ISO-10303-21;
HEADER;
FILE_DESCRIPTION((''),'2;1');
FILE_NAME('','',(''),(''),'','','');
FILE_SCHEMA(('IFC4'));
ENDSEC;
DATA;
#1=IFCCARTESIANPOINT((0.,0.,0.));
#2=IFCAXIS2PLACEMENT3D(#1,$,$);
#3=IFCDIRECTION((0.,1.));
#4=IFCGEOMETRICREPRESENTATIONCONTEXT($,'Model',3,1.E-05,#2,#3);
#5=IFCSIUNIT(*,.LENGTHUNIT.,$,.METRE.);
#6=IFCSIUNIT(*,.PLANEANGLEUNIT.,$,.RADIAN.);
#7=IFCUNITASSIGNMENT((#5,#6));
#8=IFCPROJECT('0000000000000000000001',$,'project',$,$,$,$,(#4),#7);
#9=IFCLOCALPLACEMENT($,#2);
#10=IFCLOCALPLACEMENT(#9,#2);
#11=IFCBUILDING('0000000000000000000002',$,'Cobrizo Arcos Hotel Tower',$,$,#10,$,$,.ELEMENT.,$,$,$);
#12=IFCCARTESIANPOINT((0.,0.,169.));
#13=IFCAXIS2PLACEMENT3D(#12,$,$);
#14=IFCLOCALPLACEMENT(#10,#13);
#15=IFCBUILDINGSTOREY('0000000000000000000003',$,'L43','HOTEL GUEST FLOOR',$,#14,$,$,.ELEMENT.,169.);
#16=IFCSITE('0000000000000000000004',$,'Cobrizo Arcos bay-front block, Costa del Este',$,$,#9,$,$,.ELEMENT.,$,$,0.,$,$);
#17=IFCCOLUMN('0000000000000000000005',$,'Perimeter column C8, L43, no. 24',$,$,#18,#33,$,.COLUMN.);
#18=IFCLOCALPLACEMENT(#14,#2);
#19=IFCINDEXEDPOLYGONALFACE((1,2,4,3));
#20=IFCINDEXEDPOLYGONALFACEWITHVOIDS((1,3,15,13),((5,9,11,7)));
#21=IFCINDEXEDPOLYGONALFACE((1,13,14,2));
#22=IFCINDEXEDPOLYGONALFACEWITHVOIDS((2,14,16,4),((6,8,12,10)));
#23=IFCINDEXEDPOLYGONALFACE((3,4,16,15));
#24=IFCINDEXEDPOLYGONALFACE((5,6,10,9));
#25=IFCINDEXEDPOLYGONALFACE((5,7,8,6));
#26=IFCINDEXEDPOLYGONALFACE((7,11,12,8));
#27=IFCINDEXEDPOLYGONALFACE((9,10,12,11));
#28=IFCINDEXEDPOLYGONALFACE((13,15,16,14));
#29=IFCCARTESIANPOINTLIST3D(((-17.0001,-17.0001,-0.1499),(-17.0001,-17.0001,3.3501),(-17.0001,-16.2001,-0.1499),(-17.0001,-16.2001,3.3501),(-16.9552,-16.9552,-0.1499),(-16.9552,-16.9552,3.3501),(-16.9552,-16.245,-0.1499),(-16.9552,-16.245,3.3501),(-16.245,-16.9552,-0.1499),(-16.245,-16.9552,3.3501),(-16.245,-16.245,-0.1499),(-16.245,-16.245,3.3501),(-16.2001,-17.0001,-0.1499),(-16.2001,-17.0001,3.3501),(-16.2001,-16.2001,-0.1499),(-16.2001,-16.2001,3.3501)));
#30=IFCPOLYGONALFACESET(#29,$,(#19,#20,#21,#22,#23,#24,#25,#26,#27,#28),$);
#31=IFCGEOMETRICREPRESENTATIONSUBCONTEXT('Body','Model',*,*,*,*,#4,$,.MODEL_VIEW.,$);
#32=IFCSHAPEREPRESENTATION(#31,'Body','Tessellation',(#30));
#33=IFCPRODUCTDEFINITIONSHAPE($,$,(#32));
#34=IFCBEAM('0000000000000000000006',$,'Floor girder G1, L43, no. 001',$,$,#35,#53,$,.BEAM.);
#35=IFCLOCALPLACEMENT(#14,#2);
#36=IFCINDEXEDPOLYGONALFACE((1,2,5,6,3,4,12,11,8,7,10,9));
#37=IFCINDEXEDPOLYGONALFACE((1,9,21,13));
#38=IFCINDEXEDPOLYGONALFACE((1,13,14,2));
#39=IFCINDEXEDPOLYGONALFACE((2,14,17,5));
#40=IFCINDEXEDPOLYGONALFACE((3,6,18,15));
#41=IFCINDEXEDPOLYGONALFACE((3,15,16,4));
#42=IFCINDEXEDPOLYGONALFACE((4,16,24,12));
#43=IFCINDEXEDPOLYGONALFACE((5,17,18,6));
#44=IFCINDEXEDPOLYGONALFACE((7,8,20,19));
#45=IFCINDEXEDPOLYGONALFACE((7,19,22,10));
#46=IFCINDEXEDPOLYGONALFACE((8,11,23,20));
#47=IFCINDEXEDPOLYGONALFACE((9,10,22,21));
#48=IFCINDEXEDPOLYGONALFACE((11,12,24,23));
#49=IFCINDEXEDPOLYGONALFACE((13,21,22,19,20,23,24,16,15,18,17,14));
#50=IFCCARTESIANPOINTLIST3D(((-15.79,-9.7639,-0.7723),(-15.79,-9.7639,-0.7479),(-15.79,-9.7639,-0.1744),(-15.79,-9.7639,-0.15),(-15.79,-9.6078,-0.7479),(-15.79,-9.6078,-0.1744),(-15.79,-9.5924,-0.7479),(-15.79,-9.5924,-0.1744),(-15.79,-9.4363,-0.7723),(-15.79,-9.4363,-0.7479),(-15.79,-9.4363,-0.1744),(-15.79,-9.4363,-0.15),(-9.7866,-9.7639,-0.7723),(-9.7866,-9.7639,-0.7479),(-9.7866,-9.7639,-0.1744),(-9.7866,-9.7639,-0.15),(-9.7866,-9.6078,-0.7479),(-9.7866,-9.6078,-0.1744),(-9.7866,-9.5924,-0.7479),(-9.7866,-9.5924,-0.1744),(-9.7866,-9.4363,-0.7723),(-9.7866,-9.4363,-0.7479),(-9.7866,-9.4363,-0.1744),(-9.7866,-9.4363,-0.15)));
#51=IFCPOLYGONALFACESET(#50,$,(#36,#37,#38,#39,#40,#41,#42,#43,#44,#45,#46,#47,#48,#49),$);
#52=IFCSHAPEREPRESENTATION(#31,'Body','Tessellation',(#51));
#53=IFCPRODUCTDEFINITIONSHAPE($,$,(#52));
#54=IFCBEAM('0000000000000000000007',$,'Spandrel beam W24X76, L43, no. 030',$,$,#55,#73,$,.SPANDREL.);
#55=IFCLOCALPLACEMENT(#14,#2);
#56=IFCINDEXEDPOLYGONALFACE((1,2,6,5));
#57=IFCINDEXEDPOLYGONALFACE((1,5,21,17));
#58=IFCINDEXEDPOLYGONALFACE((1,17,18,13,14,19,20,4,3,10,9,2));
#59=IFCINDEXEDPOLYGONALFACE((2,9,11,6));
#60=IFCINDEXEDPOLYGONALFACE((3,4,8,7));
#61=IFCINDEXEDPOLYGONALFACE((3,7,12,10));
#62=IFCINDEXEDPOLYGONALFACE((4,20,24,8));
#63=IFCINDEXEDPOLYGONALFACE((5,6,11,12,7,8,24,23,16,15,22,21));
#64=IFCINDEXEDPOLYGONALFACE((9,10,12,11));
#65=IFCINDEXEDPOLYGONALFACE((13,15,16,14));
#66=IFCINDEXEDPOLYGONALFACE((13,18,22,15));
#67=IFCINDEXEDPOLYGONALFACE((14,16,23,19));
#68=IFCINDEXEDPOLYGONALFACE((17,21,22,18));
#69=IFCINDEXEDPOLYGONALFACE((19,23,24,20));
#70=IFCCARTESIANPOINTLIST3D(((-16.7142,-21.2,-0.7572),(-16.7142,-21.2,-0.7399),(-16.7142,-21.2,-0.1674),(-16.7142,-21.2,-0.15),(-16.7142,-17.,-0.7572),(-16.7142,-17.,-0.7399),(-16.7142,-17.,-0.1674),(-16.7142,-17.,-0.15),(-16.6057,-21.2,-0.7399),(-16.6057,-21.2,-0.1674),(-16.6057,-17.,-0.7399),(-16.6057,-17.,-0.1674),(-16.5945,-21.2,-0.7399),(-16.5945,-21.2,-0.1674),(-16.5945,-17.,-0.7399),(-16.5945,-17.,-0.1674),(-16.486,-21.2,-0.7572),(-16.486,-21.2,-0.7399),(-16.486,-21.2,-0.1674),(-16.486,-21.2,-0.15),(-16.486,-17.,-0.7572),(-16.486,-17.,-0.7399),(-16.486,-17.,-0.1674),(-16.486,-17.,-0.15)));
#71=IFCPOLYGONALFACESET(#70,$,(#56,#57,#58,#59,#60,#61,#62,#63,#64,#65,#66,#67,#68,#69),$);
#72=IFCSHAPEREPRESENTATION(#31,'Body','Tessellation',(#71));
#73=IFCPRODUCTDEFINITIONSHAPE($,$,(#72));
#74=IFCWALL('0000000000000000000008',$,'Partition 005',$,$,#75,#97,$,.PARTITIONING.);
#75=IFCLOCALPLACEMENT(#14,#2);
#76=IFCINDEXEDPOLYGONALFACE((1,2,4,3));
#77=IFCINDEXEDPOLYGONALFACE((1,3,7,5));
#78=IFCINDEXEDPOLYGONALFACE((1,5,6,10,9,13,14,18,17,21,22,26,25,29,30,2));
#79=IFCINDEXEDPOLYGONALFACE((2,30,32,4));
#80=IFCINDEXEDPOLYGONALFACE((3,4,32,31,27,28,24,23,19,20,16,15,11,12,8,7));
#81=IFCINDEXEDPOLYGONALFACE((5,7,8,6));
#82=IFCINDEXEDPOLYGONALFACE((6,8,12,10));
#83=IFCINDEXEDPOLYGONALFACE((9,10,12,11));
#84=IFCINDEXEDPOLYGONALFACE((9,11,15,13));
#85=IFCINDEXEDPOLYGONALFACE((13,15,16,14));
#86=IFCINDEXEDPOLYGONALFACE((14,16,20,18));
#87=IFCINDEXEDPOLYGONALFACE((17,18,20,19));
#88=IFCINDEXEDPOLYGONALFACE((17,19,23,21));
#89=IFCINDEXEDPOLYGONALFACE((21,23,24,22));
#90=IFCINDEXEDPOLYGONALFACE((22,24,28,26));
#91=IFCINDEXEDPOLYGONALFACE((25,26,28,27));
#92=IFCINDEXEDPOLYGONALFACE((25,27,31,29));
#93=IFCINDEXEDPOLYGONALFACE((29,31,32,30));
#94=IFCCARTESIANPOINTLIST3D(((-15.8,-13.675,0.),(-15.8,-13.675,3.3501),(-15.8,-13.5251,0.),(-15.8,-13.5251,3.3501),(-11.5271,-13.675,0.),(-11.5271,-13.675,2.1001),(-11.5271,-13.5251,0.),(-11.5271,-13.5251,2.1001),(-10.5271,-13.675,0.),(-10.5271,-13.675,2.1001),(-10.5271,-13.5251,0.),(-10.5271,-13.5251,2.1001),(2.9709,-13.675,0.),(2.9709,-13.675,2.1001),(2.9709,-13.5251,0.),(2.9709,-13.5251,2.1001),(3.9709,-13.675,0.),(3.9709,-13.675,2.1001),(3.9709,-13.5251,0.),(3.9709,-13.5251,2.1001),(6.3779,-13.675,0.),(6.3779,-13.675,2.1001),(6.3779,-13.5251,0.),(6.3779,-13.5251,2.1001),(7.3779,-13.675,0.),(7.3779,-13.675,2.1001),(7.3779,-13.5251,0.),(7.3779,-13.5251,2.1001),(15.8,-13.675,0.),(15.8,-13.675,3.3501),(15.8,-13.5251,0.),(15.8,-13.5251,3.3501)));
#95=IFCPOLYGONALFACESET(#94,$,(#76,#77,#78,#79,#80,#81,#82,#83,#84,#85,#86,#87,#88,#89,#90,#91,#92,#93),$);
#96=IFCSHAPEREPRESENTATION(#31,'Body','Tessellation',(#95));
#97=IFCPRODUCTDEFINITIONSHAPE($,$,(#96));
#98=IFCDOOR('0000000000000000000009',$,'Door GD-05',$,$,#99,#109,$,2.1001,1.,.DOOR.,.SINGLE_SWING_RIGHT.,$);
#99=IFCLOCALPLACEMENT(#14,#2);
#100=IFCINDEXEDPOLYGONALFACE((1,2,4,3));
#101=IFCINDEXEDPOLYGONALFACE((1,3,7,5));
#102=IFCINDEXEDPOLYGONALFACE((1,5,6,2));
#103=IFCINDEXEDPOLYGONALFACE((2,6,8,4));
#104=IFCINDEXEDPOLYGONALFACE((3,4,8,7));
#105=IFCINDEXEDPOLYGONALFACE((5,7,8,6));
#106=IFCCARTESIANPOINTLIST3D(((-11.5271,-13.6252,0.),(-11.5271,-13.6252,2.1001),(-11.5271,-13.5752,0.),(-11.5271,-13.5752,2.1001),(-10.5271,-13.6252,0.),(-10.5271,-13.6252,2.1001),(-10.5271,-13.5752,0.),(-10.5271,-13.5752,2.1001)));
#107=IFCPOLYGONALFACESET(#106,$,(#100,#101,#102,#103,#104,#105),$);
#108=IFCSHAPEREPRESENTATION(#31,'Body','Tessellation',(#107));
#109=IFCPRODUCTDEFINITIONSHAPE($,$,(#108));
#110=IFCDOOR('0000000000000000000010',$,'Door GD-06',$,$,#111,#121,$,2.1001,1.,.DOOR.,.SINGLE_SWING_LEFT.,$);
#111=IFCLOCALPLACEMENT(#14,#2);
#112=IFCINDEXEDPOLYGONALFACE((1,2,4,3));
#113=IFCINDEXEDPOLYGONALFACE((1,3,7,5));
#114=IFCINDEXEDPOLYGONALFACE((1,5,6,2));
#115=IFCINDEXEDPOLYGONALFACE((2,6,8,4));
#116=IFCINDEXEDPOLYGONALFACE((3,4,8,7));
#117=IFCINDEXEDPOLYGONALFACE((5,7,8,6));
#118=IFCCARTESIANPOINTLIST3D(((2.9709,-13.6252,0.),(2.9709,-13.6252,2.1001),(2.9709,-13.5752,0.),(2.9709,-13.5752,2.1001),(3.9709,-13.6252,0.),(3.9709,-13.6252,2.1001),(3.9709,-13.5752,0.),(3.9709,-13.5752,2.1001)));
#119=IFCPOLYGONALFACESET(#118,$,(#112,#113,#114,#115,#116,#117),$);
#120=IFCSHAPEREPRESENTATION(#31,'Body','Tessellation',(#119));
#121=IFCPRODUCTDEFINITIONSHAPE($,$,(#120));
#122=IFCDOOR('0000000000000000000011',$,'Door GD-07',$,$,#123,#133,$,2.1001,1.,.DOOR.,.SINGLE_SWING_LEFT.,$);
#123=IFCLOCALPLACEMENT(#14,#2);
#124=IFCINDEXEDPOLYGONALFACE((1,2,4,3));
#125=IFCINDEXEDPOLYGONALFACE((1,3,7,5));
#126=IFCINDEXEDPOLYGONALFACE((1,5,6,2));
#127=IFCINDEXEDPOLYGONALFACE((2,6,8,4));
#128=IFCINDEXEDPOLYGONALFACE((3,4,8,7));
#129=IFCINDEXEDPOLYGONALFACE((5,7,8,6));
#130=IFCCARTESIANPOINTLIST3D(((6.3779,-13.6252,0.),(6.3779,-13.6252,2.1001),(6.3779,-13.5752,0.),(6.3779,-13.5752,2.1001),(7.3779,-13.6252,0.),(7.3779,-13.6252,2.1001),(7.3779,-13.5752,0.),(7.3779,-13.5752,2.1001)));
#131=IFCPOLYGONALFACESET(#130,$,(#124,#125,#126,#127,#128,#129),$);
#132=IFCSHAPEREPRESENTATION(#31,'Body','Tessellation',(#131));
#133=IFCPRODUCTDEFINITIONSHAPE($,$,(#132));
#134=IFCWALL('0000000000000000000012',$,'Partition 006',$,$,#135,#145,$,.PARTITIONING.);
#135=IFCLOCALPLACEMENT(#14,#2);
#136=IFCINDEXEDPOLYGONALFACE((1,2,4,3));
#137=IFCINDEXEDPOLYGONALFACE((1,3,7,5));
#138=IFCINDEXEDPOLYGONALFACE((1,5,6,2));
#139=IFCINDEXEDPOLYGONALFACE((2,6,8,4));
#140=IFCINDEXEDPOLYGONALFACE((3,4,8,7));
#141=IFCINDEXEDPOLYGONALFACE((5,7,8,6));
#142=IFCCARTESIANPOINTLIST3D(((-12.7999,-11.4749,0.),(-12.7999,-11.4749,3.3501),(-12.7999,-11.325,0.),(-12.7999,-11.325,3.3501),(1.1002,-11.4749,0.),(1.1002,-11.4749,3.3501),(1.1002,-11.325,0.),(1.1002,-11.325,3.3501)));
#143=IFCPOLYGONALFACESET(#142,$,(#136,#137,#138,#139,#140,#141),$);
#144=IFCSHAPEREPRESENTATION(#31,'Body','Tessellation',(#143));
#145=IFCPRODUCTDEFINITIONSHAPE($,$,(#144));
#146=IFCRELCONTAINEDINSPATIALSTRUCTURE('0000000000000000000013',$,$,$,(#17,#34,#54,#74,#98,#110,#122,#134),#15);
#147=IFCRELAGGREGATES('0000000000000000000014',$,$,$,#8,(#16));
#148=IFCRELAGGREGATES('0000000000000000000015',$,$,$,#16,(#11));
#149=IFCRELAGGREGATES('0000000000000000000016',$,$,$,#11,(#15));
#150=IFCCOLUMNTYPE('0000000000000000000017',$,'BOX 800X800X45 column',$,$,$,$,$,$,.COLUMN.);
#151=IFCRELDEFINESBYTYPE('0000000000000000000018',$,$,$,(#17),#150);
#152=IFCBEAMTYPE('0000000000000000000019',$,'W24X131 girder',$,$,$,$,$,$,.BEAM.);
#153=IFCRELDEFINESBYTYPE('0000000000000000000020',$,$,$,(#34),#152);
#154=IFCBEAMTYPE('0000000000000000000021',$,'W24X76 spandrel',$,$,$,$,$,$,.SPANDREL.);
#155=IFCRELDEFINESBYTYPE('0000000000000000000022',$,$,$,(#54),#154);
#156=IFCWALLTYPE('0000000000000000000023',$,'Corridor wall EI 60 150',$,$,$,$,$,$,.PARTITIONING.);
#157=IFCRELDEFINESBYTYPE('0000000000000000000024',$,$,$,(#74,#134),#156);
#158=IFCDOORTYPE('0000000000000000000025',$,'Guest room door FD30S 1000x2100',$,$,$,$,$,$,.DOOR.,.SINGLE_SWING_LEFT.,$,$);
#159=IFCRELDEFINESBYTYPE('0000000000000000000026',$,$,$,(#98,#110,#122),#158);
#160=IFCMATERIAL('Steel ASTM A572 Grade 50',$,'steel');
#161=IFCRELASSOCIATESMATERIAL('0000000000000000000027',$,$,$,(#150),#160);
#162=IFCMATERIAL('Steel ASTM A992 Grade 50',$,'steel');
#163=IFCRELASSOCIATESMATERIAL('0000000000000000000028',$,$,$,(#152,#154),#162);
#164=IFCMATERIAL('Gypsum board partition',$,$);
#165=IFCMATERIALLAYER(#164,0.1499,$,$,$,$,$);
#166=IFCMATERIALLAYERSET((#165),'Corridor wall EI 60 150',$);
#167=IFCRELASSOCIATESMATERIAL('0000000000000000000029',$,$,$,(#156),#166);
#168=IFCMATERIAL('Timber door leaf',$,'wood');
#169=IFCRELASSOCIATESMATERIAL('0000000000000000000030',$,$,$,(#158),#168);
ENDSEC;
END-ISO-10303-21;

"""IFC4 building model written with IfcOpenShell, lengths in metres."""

from ifc_helpers import new_model, si_unit, direction, frame, frame_2d, origin, origin_2d, place, context, subcontext, project, spatial, rectangle, hollow_rectangle, i_section, extrude, material, layer, layer_set, material_profile, profile_set, type_object, element, fill, save


model = new_model("IFC4")

# Units and contexts
model_context = context("Model", 3, precision=1e-05, world=origin(), true_north=direction((0.0, 1.0)))
body_context = subcontext(model_context, "Body", "Model", "MODEL_VIEW")
ifc_project = project(units=[si_unit("LENGTHUNIT", "METRE"), si_unit("PLANEANGLEUNIT", "RADIAN")], contexts=[model_context])

# Site, building, storey
site_placement = place(None, origin())
site = spatial("IfcSite", under=ifc_project, at=site_placement, Name="Cobrizo Arcos bay-front block, Costa del Este", CompositionType="ELEMENT", RefElevation=0.0)
building_placement = place(site_placement, origin())
building = spatial("IfcBuilding", under=site, at=building_placement, Name="Cobrizo Arcos Hotel Tower", CompositionType="ELEMENT")
storey_placement = place(building_placement, frame((0.0, 0.0, 169.0)))
storey = spatial("IfcBuildingStorey", under=building, at=storey_placement, Name="L43", Description="HOTEL GUEST FLOOR", CompositionType="ELEMENT", Elevation=169.0)

# Column
ifc_material_1 = material(Name="Steel ASTM A572 Grade 50", Category="steel")
ifc_material_profile_1 = material_profile(ifc_material_1, hollow_rectangle(XDim=0.8, YDim=0.8, WallThickness=0.0449, at=origin_2d()), Name="BOX 800X800X45")
ifc_profile_set_1 = profile_set([ifc_material_profile_1], Name="Steel ASTM A572 Grade 50")
column_type = type_object("IfcColumnType", Name="BOX 800X800X45 column", PredefinedType="COLUMN", material=ifc_profile_set_1)
column_placement = place(storey_placement, frame((-16.6001, -16.6001, -0.1499), z_axis=(0.0, 0.0, 1.0), x_axis=(1.0, 0.0, 0.0)))
element("IfcColumn", 1, at=column_placement, inside=storey, type_object=column_type, Name="Perimeter column C8, L43, no. 24", PredefinedType="COLUMN", context=body_context, shape_type="SweptSolid", body=[
    extrude(hollow_rectangle(XDim=0.8, YDim=0.8, WallThickness=0.0449, at=origin_2d()), origin(), (0.0, 0.0, 1.0), 3.5),
])

# Beams
ifc_material_2 = material(Name="Steel ASTM A992 Grade 50", Category="steel")
ifc_material_profile_2 = material_profile(ifc_material_2, i_section(OverallWidth=0.3276, OverallDepth=0.6223, WebThickness=0.0154, FlangeThickness=0.0244, at=origin_2d()), Name="W24X131")
ifc_profile_set_2 = profile_set([ifc_material_profile_2], Name="Steel ASTM A992 Grade 50")
beam_type_1 = type_object("IfcBeamType", Name="W24X131 girder", PredefinedType="BEAM", material=ifc_profile_set_2)
beam_1_placement = place(storey_placement, frame((-15.79, -9.6001, -0.4612), z_axis=(1.0, 0.0, 0.0), x_axis=(0.0, 1.0, 0.0)))
element("IfcBeam", 2, at=beam_1_placement, inside=storey, type_object=beam_type_1, Name="Floor girder G1, L43, no. 001", PredefinedType="BEAM", context=body_context, shape_type="SweptSolid", body=[
    extrude(i_section(OverallWidth=0.3276, OverallDepth=0.6223, WebThickness=0.0154, FlangeThickness=0.0244, at=origin_2d()), origin(), (0.0, 0.0, 1.0), 6.0034),
])
ifc_material_profile_3 = material_profile(ifc_material_2, i_section(OverallWidth=0.2283, OverallDepth=0.6072, WebThickness=0.0112, FlangeThickness=0.0173, at=origin_2d()), Name="W24X76")
ifc_profile_set_3 = profile_set([ifc_material_profile_3], Name="Steel ASTM A992 Grade 50")
beam_type_2 = type_object("IfcBeamType", Name="W24X76 spandrel", PredefinedType="SPANDREL", material=ifc_profile_set_3)
beam_2_placement = place(storey_placement, frame((-16.6001, -17.0, -0.4536), z_axis=(0.0, -1.0, 0.0), x_axis=(1.0, 0.0, 0.0)))
element("IfcBeam", 3, at=beam_2_placement, inside=storey, type_object=beam_type_2, Name="Spandrel beam W24X76, L43, no. 030", PredefinedType="SPANDREL", context=body_context, shape_type="SweptSolid", body=[
    extrude(i_section(OverallWidth=0.2283, OverallDepth=0.6072, WebThickness=0.0112, FlangeThickness=0.0173, at=origin_2d()), origin(), (0.0, 0.0, 1.0), 4.2),
])

# Wall, openings, doors
ifc_material_3 = material(Name="Gypsum board partition")
ifc_layer_1 = layer(ifc_material_3, 0.1499)
ifc_layer_set_1 = layer_set([ifc_layer_1], Name="Corridor wall EI 60 150")
wall_type_1 = type_object("IfcWallType", Name="Corridor wall EI 60 150", PredefinedType="PARTITIONING", material=ifc_layer_set_1)
wall_1_placement = place(storey_placement, frame((-15.8, -13.6001, 0.0), z_axis=(0.0, 0.0, 1.0), x_axis=(1.0, 0.0, 0.0)))
wall_1 = element("IfcWall", 4, at=wall_1_placement, inside=storey, type_object=wall_type_1, Name="Partition 005", PredefinedType="PARTITIONING", context=body_context, shape_type="SweptSolid", body=[
    extrude(rectangle(XDim=31.6001, YDim=0.1499, at=frame_2d((15.8, 0.0))), origin(), (0.0, 0.0, 1.0), 3.3501),
])
opening_1_placement = place(wall_1_placement, frame((4.2729, 0.0, 0.0)))
opening_1 = element("IfcOpeningElement", 5, at=opening_1_placement, cuts=wall_1, PredefinedType="OPENING", context=body_context, shape_type="SweptSolid", body=[
    extrude(rectangle(XDim=1.0, YDim=2.1001, at=frame_2d((0.5, 1.05))), frame((0.0, 0.0869, 0.0), z_axis=(0.0, -1.0, 0.0), x_axis=(1.0, 0.0, 0.0)), (0.0, 0.0, 1.0), 0.1738),
])
opening_2_placement = place(wall_1_placement, frame((18.771, 0.0, 0.0)))
opening_2 = element("IfcOpeningElement", 6, at=opening_2_placement, cuts=wall_1, PredefinedType="OPENING", context=body_context, shape_type="SweptSolid", body=[
    extrude(rectangle(XDim=1.0, YDim=2.1001, at=frame_2d((0.5, 1.05))), frame((0.0, 0.0869, 0.0), z_axis=(0.0, -1.0, 0.0), x_axis=(1.0, 0.0, 0.0)), (0.0, 0.0, 1.0), 0.1738),
])
opening_3_placement = place(wall_1_placement, frame((22.178, 0.0, 0.0)))
opening_3 = element("IfcOpeningElement", 7, at=opening_3_placement, cuts=wall_1, PredefinedType="OPENING", context=body_context, shape_type="SweptSolid", body=[
    extrude(rectangle(XDim=1.0, YDim=2.1001, at=frame_2d((0.5, 1.05))), frame((0.0, 0.0869, 0.0), z_axis=(0.0, -1.0, 0.0), x_axis=(1.0, 0.0, 0.0)), (0.0, 0.0, 1.0), 0.1738),
])
ifc_material_4 = material(Name="Timber door leaf", Category="wood")
door_type_1 = type_object("IfcDoorType", Name="Guest room door FD30S 1000x2100", OperationType="SINGLE_SWING_LEFT", PredefinedType="DOOR", material=ifc_material_4)
door_1_placement = place(opening_1_placement, origin())
door_1 = element("IfcDoor", 8, at=door_1_placement, inside=storey, type_object=door_type_1, Name="Door GD-05", OperationType="SINGLE_SWING_RIGHT", OverallHeight=2.1001, OverallWidth=1.0, PredefinedType="DOOR", context=body_context, shape_type="SweptSolid", body=[
    extrude(rectangle(XDim=1.0, YDim=2.1001, at=frame_2d((0.5, 1.05))), frame((0.0, 0.0249, 0.0), z_axis=(0.0, -1.0, 0.0), x_axis=(1.0, 0.0, 0.0)), (0.0, 0.0, 1.0), 0.05),
])
fill(opening_1, door_1)
door_2_placement = place(opening_2_placement, origin())
door_2 = element("IfcDoor", 9, at=door_2_placement, inside=storey, type_object=door_type_1, Name="Door GD-06", OperationType="SINGLE_SWING_LEFT", OverallHeight=2.1001, OverallWidth=1.0, PredefinedType="DOOR", context=body_context, shape_type="SweptSolid", body=[
    extrude(rectangle(XDim=1.0, YDim=2.1001, at=frame_2d((0.5, 1.05))), frame((0.0, 0.0249, 0.0), z_axis=(0.0, -1.0, 0.0), x_axis=(1.0, 0.0, 0.0)), (0.0, 0.0, 1.0), 0.05),
])
fill(opening_2, door_2)
door_3_placement = place(opening_3_placement, origin())
door_3 = element("IfcDoor", 10, at=door_3_placement, inside=storey, type_object=door_type_1, Name="Door GD-07", OperationType="SINGLE_SWING_LEFT", OverallHeight=2.1001, OverallWidth=1.0, PredefinedType="DOOR", context=body_context, shape_type="SweptSolid", body=[
    extrude(rectangle(XDim=1.0, YDim=2.1001, at=frame_2d((0.5, 1.05))), frame((0.0, 0.0249, 0.0), z_axis=(0.0, -1.0, 0.0), x_axis=(1.0, 0.0, 0.0)), (0.0, 0.0, 1.0), 0.05),
])
fill(opening_3, door_3)

# Wall
wall_2_placement = place(storey_placement, frame((-12.8, -11.3999, 0.0), z_axis=(0.0, 0.0, 1.0), x_axis=(1.0, 0.0, 0.0)))
element("IfcWall", 11, at=wall_2_placement, inside=storey, type_object=wall_type_1, Name="Partition 006", PredefinedType="PARTITIONING", context=body_context, shape_type="SweptSolid", body=[
    extrude(rectangle(XDim=13.9001, YDim=0.1499, at=frame_2d((6.9502, 0.0))), origin(), (0.0, 0.0, 1.0), 3.3501),
])

save(model, "model.ifc")
